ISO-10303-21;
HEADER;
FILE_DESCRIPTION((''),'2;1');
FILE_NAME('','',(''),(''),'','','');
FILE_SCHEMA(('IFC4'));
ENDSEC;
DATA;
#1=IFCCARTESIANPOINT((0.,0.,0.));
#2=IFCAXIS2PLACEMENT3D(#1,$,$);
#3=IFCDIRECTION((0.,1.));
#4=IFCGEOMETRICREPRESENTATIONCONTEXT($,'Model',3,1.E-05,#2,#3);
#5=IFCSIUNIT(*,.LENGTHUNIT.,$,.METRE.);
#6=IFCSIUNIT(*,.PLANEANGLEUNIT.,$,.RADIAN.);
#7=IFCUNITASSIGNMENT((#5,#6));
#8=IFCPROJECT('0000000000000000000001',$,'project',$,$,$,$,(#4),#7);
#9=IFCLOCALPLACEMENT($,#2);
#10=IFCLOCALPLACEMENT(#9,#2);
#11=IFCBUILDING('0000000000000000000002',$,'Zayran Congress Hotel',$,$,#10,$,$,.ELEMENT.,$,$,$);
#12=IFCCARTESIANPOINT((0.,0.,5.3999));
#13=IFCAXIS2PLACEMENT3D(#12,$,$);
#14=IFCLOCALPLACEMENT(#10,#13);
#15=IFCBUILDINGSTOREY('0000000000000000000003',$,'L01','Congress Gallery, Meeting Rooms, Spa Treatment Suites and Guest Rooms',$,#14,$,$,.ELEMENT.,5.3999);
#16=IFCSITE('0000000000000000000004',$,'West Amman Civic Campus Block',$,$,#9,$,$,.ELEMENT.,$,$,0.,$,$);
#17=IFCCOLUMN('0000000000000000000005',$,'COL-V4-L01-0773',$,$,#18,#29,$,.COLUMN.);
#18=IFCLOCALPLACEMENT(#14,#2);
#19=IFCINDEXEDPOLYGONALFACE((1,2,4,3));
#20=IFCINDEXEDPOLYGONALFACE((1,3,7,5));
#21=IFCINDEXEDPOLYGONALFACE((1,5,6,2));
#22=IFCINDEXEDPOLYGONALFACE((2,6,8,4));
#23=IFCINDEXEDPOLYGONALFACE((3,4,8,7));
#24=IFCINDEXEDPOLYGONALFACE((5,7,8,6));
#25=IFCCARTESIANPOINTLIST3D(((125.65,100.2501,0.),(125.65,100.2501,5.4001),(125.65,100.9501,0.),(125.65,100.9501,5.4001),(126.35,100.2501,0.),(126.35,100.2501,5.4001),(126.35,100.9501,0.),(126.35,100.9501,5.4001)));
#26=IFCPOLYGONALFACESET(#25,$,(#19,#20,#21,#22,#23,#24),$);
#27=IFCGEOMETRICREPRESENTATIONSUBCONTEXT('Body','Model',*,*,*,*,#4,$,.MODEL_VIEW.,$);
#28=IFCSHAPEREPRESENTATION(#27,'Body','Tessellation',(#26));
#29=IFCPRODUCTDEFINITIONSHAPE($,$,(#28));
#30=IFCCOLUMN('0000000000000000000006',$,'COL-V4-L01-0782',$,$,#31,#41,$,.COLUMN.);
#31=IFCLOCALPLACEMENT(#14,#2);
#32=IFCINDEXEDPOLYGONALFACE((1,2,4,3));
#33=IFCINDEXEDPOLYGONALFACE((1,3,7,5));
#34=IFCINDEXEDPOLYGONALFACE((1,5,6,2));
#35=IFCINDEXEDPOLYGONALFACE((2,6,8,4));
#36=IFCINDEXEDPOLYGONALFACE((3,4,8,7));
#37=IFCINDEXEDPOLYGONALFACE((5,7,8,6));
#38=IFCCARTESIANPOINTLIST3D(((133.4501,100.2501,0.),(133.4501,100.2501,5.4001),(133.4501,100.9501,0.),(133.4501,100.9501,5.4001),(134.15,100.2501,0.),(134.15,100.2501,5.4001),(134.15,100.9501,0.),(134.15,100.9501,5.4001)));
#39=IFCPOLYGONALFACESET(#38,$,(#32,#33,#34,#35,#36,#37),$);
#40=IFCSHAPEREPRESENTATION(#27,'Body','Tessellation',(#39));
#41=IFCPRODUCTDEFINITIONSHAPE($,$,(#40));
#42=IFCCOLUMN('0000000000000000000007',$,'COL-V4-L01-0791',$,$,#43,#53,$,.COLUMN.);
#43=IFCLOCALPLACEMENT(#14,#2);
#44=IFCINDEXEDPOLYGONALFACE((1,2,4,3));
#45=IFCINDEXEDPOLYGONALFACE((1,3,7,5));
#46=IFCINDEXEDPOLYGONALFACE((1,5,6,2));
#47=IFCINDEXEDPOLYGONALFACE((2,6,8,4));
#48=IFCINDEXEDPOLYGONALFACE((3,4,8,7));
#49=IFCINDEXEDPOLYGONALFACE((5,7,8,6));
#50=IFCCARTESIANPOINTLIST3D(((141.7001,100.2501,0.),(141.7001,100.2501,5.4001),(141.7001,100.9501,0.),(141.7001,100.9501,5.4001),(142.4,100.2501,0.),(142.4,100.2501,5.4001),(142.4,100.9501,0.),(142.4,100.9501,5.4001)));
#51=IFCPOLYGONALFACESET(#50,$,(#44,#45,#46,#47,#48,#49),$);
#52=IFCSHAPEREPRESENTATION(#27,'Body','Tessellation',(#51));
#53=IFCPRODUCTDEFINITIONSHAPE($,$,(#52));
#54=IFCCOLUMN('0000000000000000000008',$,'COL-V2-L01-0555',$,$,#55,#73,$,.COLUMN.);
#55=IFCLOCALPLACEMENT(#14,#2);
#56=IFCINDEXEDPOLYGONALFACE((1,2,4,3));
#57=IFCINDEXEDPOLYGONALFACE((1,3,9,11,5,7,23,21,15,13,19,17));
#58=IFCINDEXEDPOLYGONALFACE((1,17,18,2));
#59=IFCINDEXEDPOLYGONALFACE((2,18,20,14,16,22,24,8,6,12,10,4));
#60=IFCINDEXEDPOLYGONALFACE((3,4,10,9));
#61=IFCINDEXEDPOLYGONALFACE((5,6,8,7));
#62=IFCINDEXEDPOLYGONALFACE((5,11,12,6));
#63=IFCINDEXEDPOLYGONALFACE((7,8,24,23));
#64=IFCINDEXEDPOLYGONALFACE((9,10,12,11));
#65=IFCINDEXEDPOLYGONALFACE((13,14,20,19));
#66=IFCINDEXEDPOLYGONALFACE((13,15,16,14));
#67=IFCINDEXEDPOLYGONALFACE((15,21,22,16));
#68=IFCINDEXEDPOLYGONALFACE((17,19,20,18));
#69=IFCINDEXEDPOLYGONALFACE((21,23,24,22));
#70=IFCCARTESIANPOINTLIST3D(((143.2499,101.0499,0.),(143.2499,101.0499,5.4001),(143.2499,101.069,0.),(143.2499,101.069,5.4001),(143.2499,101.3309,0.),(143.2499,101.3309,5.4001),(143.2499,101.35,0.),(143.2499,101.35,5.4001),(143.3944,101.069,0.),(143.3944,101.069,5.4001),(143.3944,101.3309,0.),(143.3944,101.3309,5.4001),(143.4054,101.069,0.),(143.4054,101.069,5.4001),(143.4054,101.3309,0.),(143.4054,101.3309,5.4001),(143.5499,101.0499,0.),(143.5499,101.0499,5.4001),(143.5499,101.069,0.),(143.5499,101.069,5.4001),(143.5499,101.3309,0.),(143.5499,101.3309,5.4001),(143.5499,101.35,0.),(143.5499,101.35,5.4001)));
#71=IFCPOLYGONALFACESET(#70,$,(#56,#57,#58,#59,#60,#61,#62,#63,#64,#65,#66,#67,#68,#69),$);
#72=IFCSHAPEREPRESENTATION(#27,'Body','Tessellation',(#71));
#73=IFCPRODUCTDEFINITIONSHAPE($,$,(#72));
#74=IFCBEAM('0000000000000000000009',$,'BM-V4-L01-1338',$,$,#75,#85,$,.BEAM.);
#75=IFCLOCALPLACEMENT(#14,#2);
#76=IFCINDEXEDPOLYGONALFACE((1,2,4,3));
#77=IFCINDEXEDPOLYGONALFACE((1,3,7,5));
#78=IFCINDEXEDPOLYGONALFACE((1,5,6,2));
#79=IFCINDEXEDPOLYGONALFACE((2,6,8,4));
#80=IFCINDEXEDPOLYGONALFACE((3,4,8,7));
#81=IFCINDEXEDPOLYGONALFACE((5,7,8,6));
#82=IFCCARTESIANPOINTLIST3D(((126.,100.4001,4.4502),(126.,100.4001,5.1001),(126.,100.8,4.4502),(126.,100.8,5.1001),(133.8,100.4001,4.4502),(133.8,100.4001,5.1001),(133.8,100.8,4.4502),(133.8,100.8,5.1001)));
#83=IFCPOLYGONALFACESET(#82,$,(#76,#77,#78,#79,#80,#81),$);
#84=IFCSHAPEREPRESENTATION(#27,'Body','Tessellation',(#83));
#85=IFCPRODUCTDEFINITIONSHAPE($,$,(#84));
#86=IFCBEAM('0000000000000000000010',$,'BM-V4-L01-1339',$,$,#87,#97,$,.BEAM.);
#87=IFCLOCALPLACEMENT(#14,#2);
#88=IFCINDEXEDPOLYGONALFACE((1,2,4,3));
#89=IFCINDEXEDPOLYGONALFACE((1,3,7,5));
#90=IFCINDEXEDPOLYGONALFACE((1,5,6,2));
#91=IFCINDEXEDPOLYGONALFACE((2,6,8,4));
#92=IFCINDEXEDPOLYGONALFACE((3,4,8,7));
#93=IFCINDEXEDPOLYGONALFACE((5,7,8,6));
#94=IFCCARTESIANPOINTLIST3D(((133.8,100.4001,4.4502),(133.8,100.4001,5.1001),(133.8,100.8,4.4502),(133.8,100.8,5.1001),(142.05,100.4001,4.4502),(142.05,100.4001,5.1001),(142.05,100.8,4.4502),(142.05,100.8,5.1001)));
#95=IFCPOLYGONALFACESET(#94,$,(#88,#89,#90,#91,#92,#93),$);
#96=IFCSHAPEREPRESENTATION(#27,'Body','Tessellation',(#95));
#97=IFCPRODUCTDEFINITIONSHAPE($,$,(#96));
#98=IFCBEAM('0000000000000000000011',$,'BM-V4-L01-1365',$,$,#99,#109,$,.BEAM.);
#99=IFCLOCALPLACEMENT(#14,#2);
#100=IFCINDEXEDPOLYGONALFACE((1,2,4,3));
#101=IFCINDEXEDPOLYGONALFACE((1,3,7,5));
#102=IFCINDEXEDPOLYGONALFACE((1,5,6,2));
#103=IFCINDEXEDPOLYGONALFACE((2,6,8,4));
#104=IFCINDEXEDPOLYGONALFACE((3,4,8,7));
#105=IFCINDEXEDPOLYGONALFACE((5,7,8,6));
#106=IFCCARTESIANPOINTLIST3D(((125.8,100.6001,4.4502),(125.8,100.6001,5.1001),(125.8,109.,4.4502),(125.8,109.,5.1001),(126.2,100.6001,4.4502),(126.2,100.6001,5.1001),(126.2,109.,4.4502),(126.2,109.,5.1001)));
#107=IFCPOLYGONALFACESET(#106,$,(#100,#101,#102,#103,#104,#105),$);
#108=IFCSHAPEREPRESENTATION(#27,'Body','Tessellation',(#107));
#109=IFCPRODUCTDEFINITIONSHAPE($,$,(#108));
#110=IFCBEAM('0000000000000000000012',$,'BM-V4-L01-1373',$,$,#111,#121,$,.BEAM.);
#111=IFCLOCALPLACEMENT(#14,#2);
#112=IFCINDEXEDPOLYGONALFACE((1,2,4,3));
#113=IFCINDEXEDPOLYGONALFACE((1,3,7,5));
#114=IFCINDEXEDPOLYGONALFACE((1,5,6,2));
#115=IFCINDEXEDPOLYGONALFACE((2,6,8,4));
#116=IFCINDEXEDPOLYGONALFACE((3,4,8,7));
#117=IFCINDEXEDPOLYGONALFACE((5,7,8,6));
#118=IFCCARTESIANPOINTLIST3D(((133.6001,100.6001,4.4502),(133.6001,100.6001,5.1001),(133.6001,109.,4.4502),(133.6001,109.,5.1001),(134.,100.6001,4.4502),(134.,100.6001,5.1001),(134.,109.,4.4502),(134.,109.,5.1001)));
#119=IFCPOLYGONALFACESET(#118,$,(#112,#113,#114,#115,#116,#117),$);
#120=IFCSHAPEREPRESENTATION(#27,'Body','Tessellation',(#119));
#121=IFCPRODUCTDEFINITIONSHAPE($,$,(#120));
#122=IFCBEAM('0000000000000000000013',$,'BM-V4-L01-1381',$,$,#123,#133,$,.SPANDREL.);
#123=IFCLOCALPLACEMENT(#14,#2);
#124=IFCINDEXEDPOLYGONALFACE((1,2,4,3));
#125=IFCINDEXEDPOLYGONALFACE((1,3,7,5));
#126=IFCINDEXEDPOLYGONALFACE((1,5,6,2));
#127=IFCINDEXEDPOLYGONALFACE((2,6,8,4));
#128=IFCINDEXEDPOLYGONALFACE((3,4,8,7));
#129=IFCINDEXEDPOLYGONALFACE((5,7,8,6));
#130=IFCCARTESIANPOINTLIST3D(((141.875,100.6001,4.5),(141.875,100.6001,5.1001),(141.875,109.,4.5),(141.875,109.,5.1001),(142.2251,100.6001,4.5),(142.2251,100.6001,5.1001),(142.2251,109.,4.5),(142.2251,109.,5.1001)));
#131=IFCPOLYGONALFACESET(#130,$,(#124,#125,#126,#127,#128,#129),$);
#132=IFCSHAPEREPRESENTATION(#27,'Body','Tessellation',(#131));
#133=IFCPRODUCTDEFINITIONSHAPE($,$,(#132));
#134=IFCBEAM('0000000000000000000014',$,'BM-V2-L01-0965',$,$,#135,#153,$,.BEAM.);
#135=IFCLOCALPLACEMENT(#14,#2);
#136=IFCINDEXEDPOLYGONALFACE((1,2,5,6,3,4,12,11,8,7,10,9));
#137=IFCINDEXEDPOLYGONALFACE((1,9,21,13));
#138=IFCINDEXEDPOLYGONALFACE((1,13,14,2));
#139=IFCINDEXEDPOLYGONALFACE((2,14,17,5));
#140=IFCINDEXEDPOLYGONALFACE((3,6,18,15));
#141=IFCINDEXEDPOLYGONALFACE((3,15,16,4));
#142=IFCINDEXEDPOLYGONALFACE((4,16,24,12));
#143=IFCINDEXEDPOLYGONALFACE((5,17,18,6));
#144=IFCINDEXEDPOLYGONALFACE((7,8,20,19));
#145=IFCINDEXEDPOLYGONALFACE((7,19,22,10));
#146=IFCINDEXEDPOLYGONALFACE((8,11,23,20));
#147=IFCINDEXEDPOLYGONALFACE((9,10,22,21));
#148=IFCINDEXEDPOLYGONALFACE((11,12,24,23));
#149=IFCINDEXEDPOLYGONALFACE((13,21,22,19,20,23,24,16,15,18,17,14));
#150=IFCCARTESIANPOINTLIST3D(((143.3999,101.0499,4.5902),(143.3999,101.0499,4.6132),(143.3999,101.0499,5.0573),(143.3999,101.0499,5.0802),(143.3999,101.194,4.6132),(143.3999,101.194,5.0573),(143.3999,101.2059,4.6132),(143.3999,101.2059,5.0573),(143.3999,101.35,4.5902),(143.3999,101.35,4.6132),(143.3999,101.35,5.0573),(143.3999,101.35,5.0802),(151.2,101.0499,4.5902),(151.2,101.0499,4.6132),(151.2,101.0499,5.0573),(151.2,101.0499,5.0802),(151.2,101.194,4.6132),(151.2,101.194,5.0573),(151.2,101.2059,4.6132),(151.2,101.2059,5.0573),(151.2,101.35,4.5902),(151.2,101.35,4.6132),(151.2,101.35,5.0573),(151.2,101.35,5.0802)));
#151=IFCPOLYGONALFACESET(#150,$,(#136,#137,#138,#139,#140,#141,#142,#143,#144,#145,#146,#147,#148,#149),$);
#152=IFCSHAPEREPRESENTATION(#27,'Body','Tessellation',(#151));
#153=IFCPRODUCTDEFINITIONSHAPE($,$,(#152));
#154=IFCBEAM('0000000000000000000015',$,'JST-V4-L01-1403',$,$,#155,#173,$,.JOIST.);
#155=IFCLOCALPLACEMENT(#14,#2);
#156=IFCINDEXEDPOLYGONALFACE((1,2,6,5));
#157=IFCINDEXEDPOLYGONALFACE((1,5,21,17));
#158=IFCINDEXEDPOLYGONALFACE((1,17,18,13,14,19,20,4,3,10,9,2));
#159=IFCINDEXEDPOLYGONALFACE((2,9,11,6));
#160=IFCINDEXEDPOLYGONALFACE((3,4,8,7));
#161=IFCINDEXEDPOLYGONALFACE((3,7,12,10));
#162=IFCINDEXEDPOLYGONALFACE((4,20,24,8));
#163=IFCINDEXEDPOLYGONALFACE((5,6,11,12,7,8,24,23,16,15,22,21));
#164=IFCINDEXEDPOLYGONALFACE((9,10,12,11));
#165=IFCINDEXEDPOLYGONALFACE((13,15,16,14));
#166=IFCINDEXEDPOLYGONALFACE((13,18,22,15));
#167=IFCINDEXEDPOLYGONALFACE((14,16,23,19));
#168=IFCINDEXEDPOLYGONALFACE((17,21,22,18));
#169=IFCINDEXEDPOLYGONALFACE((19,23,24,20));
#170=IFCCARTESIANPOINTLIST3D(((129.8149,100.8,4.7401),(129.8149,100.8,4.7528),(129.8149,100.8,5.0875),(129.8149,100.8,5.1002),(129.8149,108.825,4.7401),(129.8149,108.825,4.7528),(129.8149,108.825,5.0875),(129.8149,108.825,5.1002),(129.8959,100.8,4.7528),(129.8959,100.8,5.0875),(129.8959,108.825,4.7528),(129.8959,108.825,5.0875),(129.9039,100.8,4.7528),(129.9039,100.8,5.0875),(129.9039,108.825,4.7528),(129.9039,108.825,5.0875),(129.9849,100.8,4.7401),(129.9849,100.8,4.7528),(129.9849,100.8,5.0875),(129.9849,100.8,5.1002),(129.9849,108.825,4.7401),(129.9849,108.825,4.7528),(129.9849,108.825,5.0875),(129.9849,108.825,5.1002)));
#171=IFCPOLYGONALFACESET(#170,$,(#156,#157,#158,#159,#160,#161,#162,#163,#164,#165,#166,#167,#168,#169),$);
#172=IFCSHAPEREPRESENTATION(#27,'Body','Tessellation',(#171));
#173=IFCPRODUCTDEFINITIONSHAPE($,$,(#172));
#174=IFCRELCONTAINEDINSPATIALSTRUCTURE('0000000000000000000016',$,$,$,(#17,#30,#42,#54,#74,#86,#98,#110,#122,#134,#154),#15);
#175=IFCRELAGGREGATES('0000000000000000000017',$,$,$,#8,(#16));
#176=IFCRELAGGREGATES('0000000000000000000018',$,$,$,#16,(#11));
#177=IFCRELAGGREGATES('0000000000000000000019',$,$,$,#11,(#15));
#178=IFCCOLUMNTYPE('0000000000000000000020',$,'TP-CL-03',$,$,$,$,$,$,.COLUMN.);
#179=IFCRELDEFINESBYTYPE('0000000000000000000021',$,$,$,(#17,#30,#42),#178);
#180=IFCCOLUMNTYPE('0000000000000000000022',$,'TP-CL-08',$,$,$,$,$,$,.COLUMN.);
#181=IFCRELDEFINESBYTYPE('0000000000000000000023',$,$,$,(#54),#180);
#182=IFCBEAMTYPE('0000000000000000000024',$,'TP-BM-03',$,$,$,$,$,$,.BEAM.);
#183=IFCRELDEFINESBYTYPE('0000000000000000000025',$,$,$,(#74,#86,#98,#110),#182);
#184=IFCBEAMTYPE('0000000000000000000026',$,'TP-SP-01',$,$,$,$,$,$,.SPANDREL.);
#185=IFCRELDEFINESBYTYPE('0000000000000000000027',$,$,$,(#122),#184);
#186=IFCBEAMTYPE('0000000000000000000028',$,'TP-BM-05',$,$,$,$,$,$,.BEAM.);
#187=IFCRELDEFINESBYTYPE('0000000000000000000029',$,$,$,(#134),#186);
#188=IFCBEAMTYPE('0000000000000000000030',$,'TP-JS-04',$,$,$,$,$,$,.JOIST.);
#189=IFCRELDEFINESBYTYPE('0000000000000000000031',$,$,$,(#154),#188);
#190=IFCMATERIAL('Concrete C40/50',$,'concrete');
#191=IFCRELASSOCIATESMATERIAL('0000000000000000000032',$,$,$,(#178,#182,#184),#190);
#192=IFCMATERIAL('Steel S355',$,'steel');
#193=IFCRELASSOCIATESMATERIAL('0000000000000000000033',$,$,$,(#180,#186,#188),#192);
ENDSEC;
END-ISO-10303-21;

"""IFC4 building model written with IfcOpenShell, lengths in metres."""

from ifc_helpers import new_model, si_unit, direction, frame, origin, origin_2d, place, context, subcontext, project, spatial, rectangle, i_section, extrude, material, material_profile, profile_set, type_object, element, save


model = new_model("IFC4")

# Units and contexts
model_context = context("Model", 3, precision=1e-05, world=origin(), true_north=direction((0.0, 1.0)))
body_context = subcontext(model_context, "Body", "Model", "MODEL_VIEW")
ifc_project = project(units=[si_unit("LENGTHUNIT", "METRE"), si_unit("PLANEANGLEUNIT", "RADIAN")], contexts=[model_context])

# Site, building, storey
site_placement = place(None, origin())
site = spatial("IfcSite", under=ifc_project, at=site_placement, Name="West Amman Civic Campus Block", CompositionType="ELEMENT", RefElevation=0.0)
building_placement = place(site_placement, origin())
building = spatial("IfcBuilding", under=site, at=building_placement, Name="Zayran Congress Hotel", CompositionType="ELEMENT")
storey_placement = place(building_placement, frame((0.0, 0.0, 5.3999)))
storey = spatial("IfcBuildingStorey", under=building, at=storey_placement, Name="L01", Description="Congress Gallery, Meeting Rooms, Spa Treatment Suites and Guest Rooms", CompositionType="ELEMENT", Elevation=5.3999)

# Columns
ifc_material_1 = material(Name="Concrete C40/50", Category="concrete")
ifc_material_profile_1 = material_profile(ifc_material_1, rectangle(XDim=0.7, YDim=0.7, at=origin_2d()), Name="RC 700x700")
ifc_profile_set_1 = profile_set([ifc_material_profile_1], Name="Concrete C40/50")
column_type_1 = type_object("IfcColumnType", Name="TP-CL-03", PredefinedType="COLUMN", material=ifc_profile_set_1)
for number, where, z_axis, x_axis, name in (
    (1, (126.0, 100.6001, 0.0), (0.0, 0.0, 1.0), (1.0, 0.0, 0.0), "COL-V4-L01-0773"),
    (2, (133.8, 100.6001, 0.0), (0.0, 0.0, 1.0), (1.0, 0.0, 0.0), "COL-V4-L01-0782"),
    (3, (142.05, 100.6001, 0.0), (0.0, 0.0, 1.0), (1.0, 0.0, 0.0), "COL-V4-L01-0791"),
):
    element("IfcColumn", number, at=place(storey_placement, frame(where, z_axis=z_axis, x_axis=x_axis)), inside=storey, type_object=column_type_1, Name=name, PredefinedType="COLUMN", context=body_context, shape_type="SweptSolid", body=[
        extrude(rectangle(XDim=0.7, YDim=0.7, at=origin_2d()), origin(), (0.0, 0.0, 1.0), 5.4001),
    ])
ifc_material_2 = material(Name="Steel S355", Category="steel")
ifc_material_profile_2 = material_profile(ifc_material_2, i_section(OverallWidth=0.3, OverallDepth=0.3, WebThickness=0.011, FlangeThickness=0.019, at=origin_2d()), Name="HEB 300")
ifc_profile_set_2 = profile_set([ifc_material_profile_2], Name="Steel S355")
column_type_2 = type_object("IfcColumnType", Name="TP-CL-08", PredefinedType="COLUMN", material=ifc_profile_set_2)
column_placement = place(storey_placement, frame((143.3999, 101.2, 0.0), z_axis=(0.0, 0.0, 1.0), x_axis=(1.0, 0.0, 0.0)))
element("IfcColumn", 4, at=column_placement, inside=storey, type_object=column_type_2, Name="COL-V2-L01-0555", PredefinedType="COLUMN", context=body_context, shape_type="SweptSolid", body=[
    extrude(i_section(OverallWidth=0.3, OverallDepth=0.3, WebThickness=0.011, FlangeThickness=0.019, at=origin_2d()), origin(), (0.0, 0.0, 1.0), 5.4001),
])

# Beams
ifc_material_profile_3 = material_profile(ifc_material_1, rectangle(XDim=0.3999, YDim=0.6499, at=origin_2d()), Name="RC 400x650")
ifc_profile_set_3 = profile_set([ifc_material_profile_3], Name="Concrete C40/50")
beam_type_1 = type_object("IfcBeamType", Name="TP-BM-03", PredefinedType="BEAM", material=ifc_profile_set_3)
beam_1_placement = place(storey_placement, frame((126.0, 100.6001, 4.7751), z_axis=(1.0, 0.0, 0.0), x_axis=(0.0, 1.0, 0.0)))
element("IfcBeam", 5, at=beam_1_placement, inside=storey, type_object=beam_type_1, Name="BM-V4-L01-1338", PredefinedType="BEAM", context=body_context, shape_type="SweptSolid", body=[
    extrude(rectangle(XDim=0.3999, YDim=0.6499, at=origin_2d()), origin(), (0.0, 0.0, 1.0), 7.8),
])
beam_2_placement = place(storey_placement, frame((133.8, 100.6001, 4.7751), z_axis=(1.0, 0.0, 0.0), x_axis=(0.0, 1.0, 0.0)))
element("IfcBeam", 6, at=beam_2_placement, inside=storey, type_object=beam_type_1, Name="BM-V4-L01-1339", PredefinedType="BEAM", context=body_context, shape_type="SweptSolid", body=[
    extrude(rectangle(XDim=0.3999, YDim=0.6499, at=origin_2d()), origin(), (0.0, 0.0, 1.0), 8.25),
])
for number, where, z_axis, x_axis, name in (
    (7, (126.0, 100.6001, 4.7751), (0.0, 1.0, 0.0), (-1.0, 0.0, 0.0), "BM-V4-L01-1365"),
    (8, (133.8, 100.6001, 4.7751), (0.0, 1.0, 0.0), (-1.0, 0.0, 0.0), "BM-V4-L01-1373"),
):
    element("IfcBeam", number, at=place(storey_placement, frame(where, z_axis=z_axis, x_axis=x_axis)), inside=storey, type_object=beam_type_1, Name=name, PredefinedType="BEAM", context=body_context, shape_type="SweptSolid", body=[
        extrude(rectangle(XDim=0.3999, YDim=0.6499, at=origin_2d()), origin(), (0.0, 0.0, 1.0), 8.3999),
    ])
ifc_material_profile_4 = material_profile(ifc_material_1, rectangle(XDim=0.3501, YDim=0.6001, at=origin_2d()), Name="RC 350x600")
ifc_profile_set_4 = profile_set([ifc_material_profile_4], Name="Concrete C40/50")
beam_type_2 = type_object("IfcBeamType", Name="TP-SP-01", PredefinedType="SPANDREL", material=ifc_profile_set_4)
beam_3_placement = place(storey_placement, frame((142.05, 100.6001, 4.8), z_axis=(0.0, 1.0, 0.0), x_axis=(-1.0, 0.0, 0.0)))
element("IfcBeam", 9, at=beam_3_placement, inside=storey, type_object=beam_type_2, Name="BM-V4-L01-1381", PredefinedType="SPANDREL", context=body_context, shape_type="SweptSolid", body=[
    extrude(rectangle(XDim=0.3501, YDim=0.6001, at=origin_2d()), origin(), (0.0, 0.0, 1.0), 8.3999),
])
ifc_material_profile_5 = material_profile(ifc_material_2, i_section(OverallWidth=0.3, OverallDepth=0.49, WebThickness=0.012, FlangeThickness=0.0229, at=origin_2d()), Name="HEA 500")
ifc_profile_set_5 = profile_set([ifc_material_profile_5], Name="Steel S355")
beam_type_3 = type_object("IfcBeamType", Name="TP-BM-05", PredefinedType="BEAM", material=ifc_profile_set_5)
beam_4_placement = place(storey_placement, frame((143.3999, 101.2, 4.8352), z_axis=(1.0, 0.0, 0.0), x_axis=(0.0, 1.0, 0.0)))
element("IfcBeam", 10, at=beam_4_placement, inside=storey, type_object=beam_type_3, Name="BM-V2-L01-0965", PredefinedType="BEAM", context=body_context, shape_type="SweptSolid", body=[
    extrude(i_section(OverallWidth=0.3, OverallDepth=0.49, WebThickness=0.012, FlangeThickness=0.0229, at=origin_2d()), origin(), (0.0, 0.0, 1.0), 7.8),
])
ifc_material_profile_6 = material_profile(ifc_material_2, i_section(OverallWidth=0.1699, OverallDepth=0.3601, WebThickness=0.0081, FlangeThickness=0.0127, at=origin_2d()), Name="IPE 360")
ifc_profile_set_6 = profile_set([ifc_material_profile_6], Name="Steel S355")
beam_type_4 = type_object("IfcBeamType", Name="TP-JS-04", PredefinedType="JOIST", material=ifc_profile_set_6)
beam_5_placement = place(storey_placement, frame((129.8999, 100.8, 4.9202), z_axis=(0.0, 1.0, 0.0), x_axis=(-1.0, 0.0, 0.0)))
element("IfcBeam", 11, at=beam_5_placement, inside=storey, type_object=beam_type_4, Name="JST-V4-L01-1403", PredefinedType="JOIST", context=body_context, shape_type="SweptSolid", body=[
    extrude(i_section(OverallWidth=0.1699, OverallDepth=0.3601, WebThickness=0.0081, FlangeThickness=0.0127, at=origin_2d()), origin(), (0.0, 0.0, 1.0), 8.0249),
])

save(model, "model.ifc")
